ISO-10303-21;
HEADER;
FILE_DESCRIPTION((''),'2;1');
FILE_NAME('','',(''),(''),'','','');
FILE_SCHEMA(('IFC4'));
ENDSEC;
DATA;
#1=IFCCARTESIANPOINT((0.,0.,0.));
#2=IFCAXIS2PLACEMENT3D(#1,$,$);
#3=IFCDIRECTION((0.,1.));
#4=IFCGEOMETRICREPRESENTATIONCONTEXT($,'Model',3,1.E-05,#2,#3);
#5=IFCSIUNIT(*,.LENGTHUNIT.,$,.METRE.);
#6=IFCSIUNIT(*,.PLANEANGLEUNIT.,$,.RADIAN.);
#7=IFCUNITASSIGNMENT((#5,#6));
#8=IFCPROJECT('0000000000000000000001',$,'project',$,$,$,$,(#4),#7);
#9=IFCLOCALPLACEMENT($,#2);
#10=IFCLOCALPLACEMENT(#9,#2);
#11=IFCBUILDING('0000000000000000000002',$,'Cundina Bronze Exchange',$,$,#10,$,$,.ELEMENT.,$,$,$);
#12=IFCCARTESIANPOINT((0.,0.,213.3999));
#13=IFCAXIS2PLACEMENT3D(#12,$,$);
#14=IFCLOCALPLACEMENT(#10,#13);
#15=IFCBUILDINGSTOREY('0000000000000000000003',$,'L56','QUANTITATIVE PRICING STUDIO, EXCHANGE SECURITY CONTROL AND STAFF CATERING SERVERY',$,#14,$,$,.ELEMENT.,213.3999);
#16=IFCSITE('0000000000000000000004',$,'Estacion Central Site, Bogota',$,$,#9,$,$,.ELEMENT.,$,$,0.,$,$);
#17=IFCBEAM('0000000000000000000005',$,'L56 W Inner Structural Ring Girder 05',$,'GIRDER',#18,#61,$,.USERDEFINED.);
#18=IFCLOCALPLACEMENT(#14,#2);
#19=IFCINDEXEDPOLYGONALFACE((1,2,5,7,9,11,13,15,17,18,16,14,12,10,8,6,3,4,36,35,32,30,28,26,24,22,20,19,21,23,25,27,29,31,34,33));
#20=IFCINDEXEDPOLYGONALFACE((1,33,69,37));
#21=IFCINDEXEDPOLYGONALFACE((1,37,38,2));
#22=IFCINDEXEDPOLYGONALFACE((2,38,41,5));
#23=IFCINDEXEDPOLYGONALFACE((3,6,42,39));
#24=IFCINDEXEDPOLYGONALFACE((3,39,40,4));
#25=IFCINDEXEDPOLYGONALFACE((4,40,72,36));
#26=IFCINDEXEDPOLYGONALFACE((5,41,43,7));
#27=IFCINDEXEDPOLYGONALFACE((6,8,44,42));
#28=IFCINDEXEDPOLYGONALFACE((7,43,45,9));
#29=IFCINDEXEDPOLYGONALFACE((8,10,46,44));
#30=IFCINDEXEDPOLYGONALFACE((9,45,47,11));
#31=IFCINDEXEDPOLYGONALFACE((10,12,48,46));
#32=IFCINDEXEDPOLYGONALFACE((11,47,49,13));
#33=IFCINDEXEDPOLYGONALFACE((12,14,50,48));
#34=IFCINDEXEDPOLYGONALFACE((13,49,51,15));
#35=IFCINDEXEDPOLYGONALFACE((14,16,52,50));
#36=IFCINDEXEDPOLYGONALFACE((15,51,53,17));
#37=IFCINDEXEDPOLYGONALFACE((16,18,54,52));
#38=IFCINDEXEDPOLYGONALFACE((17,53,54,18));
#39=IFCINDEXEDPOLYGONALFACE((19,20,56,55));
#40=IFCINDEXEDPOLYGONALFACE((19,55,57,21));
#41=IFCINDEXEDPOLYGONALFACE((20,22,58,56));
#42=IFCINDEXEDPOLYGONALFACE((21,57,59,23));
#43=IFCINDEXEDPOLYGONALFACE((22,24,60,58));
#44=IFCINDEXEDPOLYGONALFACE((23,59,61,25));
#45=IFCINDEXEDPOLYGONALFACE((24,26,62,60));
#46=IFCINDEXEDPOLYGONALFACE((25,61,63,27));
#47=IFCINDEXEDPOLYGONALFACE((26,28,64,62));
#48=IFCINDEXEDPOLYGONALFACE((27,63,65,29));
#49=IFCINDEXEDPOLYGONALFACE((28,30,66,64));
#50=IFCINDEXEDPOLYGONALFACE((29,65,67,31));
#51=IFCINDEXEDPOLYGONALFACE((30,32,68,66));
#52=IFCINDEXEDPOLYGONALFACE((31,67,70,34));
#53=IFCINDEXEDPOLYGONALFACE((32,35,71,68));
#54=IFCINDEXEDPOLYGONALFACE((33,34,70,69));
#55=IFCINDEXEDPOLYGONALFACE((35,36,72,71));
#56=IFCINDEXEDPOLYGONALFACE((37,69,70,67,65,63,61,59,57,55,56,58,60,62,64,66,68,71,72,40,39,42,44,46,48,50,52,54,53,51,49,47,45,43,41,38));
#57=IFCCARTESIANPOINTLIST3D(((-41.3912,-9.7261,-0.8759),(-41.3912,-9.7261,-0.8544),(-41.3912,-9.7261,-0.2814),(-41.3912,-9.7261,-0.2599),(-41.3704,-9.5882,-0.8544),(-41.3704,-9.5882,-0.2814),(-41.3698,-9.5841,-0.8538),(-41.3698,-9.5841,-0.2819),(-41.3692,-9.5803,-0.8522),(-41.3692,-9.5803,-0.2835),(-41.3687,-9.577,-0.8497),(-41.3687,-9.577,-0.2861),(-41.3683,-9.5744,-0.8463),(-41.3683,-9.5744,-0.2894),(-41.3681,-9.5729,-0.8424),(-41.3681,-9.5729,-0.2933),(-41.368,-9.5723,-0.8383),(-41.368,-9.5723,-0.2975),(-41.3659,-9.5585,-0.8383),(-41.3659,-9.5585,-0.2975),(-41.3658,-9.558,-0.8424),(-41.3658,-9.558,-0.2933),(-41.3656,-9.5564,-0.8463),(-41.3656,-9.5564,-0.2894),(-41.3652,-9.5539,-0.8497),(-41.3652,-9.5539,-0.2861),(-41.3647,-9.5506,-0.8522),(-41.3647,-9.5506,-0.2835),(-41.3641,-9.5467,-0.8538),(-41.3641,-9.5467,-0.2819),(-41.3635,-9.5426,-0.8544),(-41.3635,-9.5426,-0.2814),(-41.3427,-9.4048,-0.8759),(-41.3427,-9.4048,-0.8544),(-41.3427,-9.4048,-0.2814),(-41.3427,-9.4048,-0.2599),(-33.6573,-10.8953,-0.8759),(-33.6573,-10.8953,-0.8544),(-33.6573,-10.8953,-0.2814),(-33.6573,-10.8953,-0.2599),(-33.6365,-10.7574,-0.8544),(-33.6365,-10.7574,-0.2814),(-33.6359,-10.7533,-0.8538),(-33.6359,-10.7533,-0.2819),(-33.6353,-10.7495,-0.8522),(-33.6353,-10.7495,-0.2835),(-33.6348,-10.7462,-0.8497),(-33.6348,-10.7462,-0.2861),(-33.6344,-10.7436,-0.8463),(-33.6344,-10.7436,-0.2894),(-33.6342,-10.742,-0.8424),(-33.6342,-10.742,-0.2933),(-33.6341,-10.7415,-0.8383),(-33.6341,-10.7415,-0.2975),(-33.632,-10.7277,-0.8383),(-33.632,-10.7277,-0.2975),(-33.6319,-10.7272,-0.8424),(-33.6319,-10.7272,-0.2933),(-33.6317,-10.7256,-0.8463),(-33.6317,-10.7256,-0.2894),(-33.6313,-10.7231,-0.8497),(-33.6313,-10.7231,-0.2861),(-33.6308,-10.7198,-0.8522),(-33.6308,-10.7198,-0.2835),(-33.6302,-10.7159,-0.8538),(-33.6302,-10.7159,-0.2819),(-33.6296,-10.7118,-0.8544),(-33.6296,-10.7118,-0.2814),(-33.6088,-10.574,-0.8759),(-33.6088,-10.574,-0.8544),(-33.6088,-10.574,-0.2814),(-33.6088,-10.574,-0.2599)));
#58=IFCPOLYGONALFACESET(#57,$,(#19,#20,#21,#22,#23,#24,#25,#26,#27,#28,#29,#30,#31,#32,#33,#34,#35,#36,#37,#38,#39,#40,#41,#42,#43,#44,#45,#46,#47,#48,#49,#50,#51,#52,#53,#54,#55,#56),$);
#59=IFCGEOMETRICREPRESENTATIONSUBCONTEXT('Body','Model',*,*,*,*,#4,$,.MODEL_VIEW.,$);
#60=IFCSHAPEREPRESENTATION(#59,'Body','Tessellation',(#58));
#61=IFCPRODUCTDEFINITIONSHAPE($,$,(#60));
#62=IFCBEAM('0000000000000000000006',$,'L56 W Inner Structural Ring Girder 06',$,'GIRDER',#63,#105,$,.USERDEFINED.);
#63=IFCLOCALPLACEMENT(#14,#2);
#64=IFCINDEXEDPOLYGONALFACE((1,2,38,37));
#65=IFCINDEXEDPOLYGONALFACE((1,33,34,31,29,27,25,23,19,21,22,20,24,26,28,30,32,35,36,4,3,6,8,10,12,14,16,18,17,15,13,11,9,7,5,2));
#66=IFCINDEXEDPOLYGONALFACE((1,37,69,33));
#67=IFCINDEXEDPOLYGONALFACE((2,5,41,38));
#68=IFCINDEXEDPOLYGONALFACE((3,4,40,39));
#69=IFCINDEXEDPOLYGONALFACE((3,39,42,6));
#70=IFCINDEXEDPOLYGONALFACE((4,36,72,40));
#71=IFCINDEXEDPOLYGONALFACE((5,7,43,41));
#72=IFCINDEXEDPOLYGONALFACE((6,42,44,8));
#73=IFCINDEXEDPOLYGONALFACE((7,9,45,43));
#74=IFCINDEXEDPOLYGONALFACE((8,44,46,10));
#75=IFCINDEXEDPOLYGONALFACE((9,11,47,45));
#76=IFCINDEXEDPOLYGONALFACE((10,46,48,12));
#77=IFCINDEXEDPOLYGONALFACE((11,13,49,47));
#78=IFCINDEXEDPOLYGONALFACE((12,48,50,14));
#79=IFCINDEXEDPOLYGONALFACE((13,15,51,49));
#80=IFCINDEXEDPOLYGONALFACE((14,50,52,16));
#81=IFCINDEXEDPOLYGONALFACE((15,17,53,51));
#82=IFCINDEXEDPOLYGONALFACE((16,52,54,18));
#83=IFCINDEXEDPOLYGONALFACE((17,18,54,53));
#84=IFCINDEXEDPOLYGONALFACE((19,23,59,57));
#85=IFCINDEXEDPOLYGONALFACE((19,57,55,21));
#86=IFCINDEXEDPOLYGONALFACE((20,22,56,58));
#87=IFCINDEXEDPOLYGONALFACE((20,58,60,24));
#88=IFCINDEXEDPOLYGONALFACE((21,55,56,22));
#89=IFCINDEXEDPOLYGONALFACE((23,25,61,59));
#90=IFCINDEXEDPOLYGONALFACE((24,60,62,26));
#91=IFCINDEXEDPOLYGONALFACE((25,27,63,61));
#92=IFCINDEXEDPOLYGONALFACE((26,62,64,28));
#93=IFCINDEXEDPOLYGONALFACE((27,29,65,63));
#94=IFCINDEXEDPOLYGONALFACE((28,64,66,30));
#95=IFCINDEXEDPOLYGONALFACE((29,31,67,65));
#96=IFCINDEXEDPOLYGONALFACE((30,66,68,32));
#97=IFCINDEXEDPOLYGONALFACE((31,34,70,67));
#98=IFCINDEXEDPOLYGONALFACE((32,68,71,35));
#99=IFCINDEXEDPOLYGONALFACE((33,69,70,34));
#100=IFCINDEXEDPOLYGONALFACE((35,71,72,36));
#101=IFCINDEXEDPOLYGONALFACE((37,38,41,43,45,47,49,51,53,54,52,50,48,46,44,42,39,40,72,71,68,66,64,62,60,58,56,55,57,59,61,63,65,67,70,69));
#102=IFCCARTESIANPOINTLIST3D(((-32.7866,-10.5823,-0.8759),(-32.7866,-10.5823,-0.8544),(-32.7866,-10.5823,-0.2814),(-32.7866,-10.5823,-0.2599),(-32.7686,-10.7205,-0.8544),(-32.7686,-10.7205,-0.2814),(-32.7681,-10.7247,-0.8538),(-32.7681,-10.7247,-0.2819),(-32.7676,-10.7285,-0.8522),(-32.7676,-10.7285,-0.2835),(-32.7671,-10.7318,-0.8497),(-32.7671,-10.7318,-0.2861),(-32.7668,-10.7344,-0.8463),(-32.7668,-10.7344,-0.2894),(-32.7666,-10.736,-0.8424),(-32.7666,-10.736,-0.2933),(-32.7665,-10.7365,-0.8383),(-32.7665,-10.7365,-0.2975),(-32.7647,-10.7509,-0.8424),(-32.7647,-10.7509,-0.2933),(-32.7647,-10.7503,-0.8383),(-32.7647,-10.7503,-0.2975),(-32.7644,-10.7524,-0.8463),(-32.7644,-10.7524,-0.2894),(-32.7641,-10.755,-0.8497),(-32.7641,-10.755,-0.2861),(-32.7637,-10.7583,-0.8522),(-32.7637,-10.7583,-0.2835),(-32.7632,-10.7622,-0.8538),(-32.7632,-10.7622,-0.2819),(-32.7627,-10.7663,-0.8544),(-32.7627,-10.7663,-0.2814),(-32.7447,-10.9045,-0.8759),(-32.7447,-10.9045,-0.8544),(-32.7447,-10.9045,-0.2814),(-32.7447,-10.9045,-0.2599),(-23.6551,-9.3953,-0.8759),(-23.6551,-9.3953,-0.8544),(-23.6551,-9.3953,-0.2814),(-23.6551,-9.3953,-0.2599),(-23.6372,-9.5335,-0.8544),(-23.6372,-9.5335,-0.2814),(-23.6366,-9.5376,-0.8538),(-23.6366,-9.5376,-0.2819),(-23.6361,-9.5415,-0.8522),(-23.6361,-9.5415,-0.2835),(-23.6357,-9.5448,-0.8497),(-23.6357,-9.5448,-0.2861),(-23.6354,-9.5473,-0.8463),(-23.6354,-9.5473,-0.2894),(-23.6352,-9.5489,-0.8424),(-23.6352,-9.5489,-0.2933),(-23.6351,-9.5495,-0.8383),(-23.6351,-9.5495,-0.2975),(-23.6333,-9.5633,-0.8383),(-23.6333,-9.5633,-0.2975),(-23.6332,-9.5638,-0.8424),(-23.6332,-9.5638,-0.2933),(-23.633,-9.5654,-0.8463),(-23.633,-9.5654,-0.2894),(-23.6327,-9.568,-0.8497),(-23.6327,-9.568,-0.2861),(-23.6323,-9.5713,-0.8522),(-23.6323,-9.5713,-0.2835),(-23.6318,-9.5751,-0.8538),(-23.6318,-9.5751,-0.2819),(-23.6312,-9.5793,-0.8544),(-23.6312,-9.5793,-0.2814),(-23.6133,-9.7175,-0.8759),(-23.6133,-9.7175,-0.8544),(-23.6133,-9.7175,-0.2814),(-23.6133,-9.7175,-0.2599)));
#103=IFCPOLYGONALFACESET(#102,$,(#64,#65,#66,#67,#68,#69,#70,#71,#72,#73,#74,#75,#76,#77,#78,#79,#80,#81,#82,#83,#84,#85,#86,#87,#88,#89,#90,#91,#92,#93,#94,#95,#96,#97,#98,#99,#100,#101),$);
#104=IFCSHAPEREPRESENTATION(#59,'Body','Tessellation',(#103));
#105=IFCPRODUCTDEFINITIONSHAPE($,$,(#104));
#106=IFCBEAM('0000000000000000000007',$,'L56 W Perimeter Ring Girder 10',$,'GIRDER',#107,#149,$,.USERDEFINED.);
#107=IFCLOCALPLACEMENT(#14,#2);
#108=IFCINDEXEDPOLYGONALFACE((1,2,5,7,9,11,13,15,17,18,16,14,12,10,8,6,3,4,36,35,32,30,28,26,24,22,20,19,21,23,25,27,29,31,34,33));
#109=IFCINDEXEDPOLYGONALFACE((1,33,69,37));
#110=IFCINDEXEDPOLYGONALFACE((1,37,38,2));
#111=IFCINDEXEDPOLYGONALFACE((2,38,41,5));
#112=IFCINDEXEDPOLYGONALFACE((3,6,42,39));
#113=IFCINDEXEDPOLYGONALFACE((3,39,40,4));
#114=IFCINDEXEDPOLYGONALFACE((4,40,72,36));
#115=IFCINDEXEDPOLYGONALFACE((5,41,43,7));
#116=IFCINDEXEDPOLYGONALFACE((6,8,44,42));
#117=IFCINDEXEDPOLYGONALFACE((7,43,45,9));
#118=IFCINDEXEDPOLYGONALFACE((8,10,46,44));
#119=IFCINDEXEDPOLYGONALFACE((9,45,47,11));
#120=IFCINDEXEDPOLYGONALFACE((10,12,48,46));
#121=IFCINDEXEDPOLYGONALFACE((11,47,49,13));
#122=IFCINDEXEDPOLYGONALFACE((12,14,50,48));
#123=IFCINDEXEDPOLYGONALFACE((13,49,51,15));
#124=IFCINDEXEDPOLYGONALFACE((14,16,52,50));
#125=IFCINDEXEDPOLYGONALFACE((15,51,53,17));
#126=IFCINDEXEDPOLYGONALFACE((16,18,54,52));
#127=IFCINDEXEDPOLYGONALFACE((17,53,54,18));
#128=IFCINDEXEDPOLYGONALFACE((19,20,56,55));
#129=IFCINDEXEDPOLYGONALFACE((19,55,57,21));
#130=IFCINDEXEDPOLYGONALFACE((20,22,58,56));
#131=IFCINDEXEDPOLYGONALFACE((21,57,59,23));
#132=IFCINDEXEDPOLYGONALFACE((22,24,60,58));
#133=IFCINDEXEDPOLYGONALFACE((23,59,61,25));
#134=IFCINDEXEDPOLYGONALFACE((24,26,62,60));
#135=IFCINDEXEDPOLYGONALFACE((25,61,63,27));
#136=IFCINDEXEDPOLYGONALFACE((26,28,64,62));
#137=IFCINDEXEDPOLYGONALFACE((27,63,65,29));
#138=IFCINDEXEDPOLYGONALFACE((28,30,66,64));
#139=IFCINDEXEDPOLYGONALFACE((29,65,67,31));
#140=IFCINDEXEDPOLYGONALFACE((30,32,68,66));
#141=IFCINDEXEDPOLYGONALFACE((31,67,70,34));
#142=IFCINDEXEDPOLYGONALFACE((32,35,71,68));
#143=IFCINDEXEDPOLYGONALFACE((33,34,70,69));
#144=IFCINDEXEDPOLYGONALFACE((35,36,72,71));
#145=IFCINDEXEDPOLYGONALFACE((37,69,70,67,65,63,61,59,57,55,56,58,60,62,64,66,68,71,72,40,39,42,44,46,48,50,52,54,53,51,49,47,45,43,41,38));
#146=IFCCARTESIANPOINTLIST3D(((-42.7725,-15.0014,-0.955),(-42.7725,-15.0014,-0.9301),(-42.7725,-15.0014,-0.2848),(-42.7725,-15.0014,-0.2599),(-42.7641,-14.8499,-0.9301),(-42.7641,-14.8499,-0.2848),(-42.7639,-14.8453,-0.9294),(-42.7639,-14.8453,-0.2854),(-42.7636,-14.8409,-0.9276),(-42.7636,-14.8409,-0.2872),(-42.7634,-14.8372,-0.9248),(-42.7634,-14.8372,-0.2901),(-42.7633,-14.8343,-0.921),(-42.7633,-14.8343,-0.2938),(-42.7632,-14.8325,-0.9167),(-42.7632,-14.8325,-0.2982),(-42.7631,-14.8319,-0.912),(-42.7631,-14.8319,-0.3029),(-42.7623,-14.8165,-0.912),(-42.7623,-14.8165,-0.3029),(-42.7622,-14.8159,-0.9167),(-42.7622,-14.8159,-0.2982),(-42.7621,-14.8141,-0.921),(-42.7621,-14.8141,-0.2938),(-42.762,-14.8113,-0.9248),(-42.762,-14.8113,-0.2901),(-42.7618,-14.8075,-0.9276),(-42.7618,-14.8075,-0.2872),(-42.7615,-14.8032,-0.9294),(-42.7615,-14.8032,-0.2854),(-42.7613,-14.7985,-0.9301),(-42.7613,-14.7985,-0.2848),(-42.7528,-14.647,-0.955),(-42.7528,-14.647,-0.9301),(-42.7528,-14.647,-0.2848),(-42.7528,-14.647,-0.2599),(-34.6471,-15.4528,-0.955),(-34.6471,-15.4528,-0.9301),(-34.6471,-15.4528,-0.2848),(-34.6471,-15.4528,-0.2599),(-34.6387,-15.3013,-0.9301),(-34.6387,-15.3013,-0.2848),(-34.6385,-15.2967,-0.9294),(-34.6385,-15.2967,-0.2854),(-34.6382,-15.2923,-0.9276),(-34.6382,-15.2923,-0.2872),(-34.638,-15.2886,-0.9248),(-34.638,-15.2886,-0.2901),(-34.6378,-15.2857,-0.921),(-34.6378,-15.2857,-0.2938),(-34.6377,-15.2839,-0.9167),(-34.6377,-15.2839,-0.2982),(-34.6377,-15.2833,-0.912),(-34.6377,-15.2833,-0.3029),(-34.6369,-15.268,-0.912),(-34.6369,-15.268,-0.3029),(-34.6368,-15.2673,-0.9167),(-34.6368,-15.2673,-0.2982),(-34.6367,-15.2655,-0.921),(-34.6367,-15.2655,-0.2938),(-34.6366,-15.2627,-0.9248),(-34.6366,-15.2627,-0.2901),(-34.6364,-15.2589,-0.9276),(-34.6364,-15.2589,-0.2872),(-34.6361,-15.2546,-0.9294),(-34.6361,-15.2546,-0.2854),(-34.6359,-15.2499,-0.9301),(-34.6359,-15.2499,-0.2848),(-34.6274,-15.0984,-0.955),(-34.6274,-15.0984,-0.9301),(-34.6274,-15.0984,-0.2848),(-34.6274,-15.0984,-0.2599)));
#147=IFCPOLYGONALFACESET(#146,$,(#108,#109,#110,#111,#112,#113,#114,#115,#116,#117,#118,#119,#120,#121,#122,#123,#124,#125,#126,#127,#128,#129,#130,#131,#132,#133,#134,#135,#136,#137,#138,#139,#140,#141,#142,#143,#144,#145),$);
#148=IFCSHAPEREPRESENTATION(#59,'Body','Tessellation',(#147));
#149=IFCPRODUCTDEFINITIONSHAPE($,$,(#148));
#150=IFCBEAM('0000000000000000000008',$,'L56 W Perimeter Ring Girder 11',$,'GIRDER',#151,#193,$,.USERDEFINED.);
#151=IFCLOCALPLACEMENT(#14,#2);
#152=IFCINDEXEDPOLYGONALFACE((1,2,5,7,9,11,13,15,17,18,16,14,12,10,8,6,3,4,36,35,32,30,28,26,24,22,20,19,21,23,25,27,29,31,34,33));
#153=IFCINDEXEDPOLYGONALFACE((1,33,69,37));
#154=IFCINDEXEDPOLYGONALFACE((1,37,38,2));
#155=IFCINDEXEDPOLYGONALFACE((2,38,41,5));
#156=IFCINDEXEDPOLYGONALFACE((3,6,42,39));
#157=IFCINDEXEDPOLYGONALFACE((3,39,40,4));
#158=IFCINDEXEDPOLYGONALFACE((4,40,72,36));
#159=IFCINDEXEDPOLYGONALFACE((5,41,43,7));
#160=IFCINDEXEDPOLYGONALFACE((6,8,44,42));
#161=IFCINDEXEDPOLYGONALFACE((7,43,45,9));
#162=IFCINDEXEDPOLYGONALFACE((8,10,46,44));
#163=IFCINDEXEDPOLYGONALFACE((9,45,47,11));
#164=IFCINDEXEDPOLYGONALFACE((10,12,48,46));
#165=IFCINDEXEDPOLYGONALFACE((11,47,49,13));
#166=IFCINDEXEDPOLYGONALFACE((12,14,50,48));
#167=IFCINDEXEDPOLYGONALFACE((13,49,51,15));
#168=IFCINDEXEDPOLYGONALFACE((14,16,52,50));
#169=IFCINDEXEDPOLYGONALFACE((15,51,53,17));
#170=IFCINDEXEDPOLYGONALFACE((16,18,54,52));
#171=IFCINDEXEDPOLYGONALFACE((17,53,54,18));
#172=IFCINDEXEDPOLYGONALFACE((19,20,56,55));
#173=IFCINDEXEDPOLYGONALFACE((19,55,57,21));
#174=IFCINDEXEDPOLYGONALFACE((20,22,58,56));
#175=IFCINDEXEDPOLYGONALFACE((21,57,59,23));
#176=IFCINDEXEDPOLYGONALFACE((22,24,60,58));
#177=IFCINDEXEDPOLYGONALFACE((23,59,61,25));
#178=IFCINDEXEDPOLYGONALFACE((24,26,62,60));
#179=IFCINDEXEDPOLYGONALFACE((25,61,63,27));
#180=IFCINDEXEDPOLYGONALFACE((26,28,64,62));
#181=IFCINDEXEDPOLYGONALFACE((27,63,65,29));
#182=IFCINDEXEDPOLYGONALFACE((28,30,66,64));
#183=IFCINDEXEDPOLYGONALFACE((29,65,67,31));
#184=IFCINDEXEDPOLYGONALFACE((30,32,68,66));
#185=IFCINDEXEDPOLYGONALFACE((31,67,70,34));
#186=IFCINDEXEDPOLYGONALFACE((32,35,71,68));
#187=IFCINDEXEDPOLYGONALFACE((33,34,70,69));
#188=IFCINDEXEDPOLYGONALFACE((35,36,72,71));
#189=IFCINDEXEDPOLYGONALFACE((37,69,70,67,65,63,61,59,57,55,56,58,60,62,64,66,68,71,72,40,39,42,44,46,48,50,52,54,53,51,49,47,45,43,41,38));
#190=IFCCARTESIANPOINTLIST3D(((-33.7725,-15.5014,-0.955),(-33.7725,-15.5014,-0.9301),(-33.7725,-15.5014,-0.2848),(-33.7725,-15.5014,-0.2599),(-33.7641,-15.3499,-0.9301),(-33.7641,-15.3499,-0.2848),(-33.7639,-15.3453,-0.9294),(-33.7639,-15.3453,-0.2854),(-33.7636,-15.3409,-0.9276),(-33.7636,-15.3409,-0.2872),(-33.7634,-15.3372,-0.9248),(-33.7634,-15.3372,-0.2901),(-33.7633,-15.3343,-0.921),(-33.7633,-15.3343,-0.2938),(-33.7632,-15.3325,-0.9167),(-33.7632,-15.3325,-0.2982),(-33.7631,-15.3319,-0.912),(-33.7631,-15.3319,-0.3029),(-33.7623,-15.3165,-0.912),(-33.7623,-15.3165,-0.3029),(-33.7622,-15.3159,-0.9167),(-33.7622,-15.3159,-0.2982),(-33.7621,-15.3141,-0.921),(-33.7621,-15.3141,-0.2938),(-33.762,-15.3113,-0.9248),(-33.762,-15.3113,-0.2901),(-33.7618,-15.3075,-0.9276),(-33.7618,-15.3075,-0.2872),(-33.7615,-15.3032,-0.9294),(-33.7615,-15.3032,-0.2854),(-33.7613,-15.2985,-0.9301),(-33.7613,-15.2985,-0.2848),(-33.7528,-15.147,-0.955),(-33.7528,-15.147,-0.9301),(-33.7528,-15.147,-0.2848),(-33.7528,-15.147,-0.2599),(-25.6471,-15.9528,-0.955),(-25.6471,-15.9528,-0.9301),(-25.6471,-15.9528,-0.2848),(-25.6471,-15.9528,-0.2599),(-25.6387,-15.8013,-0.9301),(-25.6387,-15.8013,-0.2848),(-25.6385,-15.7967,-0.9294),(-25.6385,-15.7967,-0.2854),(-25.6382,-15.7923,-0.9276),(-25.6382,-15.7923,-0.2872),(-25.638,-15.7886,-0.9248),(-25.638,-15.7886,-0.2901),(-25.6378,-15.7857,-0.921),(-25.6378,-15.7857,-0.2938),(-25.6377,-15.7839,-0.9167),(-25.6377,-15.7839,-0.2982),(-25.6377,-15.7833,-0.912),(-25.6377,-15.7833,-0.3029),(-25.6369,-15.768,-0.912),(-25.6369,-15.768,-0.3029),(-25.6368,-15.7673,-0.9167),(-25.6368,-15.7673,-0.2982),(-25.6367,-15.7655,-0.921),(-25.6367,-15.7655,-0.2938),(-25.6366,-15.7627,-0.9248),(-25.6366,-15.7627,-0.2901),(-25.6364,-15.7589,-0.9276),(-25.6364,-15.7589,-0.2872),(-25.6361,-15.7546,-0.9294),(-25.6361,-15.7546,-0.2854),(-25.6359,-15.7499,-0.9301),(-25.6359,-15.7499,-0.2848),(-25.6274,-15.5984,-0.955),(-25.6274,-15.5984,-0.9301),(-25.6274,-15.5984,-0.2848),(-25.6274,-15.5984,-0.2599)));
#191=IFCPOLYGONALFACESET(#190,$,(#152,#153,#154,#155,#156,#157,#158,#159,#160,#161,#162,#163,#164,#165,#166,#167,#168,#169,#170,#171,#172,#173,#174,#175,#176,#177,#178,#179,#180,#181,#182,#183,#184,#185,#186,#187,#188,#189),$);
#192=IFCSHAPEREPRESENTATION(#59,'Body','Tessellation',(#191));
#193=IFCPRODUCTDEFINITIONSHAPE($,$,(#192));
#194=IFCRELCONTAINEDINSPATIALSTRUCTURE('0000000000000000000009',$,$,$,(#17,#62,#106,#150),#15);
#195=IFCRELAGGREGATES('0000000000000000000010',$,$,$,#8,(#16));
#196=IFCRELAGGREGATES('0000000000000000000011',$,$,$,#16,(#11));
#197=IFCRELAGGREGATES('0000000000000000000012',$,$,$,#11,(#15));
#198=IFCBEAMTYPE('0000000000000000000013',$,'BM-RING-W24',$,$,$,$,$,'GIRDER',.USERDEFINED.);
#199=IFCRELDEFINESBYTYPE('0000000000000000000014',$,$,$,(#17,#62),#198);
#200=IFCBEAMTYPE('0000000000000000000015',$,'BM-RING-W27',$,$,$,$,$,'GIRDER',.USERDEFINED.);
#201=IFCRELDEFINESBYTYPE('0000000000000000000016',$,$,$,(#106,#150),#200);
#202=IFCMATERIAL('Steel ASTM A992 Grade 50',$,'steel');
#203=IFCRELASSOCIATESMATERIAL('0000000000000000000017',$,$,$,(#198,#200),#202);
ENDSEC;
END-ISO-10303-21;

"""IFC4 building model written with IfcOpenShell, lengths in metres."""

from ifc_helpers import new_model, si_unit, direction, frame, origin, origin_2d, place, context, subcontext, project, spatial, i_section, extrude, material, material_profile, profile_set, type_object, element, save


model = new_model("IFC4")

# Units and contexts
model_context = context("Model", 3, precision=1e-05, world=origin(), true_north=direction((0.0, 1.0)))
body_context = subcontext(model_context, "Body", "Model", "MODEL_VIEW")
ifc_project = project(units=[si_unit("LENGTHUNIT", "METRE"), si_unit("PLANEANGLEUNIT", "RADIAN")], contexts=[model_context])

# Site, building, storey
site_placement = place(None, origin())
site = spatial("IfcSite", under=ifc_project, at=site_placement, Name="Estacion Central Site, Bogota", CompositionType="ELEMENT", RefElevation=0.0)
building_placement = place(site_placement, origin())
building = spatial("IfcBuilding", under=site, at=building_placement, Name="Cundina Bronze Exchange", CompositionType="ELEMENT")
storey_placement = place(building_placement, frame((0.0, 0.0, 213.3999)))
storey = spatial("IfcBuildingStorey", under=building, at=storey_placement, Name="L56", Description="QUANTITATIVE PRICING STUDIO, EXCHANGE SECURITY CONTROL AND STAFF CATERING SERVERY", CompositionType="ELEMENT", Elevation=213.3999)

# Beams
ifc_material_1 = material(Name="Steel ASTM A992 Grade 50", Category="steel")
ifc_material_profile_1 = material_profile(ifc_material_1, i_section(OverallWidth=0.325, OverallDepth=0.616, WebThickness=0.0139, FlangeThickness=0.0215, FilletRadius=0.0161, at=origin_2d()), Name="W24X117", Category="steel")
ifc_profile_set_1 = profile_set([ifc_material_profile_1], Name="Steel ASTM A992 Grade 50")
beam_type_1 = type_object("IfcBeamType", Name="BM-RING-W24", ElementType="GIRDER", PredefinedType="USERDEFINED", material=ifc_profile_set_1)
beam_1_placement = place(storey_placement, frame((-41.3669, -9.5654, -0.5679), z_axis=(0.988765, -0.149479, 0.0), x_axis=(0.149479, 0.988765, 0.0)))
element("IfcBeam", 1, at=beam_1_placement, inside=storey, type_object=beam_type_1, Name="L56 W Inner Structural Ring Girder 05", ObjectType="GIRDER", PredefinedType="USERDEFINED", context=body_context, shape_type="SweptSolid", body=[
    extrude(i_section(OverallWidth=0.325, OverallDepth=0.616, WebThickness=0.0139, FlangeThickness=0.0215, FilletRadius=0.0161, at=origin_2d()), origin(), (0.0, 0.0, 1.0), 7.8218),
])
beam_2_placement = place(storey_placement, frame((-32.7656, -10.7434, -0.5679), z_axis=(0.991656, 0.128908, 0.0), x_axis=(-0.128908, 0.991656, 0.0)))
element("IfcBeam", 2, at=beam_2_placement, inside=storey, type_object=beam_type_1, Name="L56 W Inner Structural Ring Girder 06", ObjectType="GIRDER", PredefinedType="USERDEFINED", context=body_context, shape_type="SweptSolid", body=[
    extrude(i_section(OverallWidth=0.325, OverallDepth=0.616, WebThickness=0.0139, FlangeThickness=0.0215, FilletRadius=0.0161, at=origin_2d()), origin(), (0.0, 0.0, 1.0), 9.2083),
])
ifc_material_profile_2 = material_profile(ifc_material_1, i_section(OverallWidth=0.355, OverallDepth=0.6951, WebThickness=0.0154, FlangeThickness=0.0249, FilletRadius=0.0181, at=origin_2d()), Name="W27X146", Category="steel")
ifc_profile_set_2 = profile_set([ifc_material_profile_2], Name="Steel ASTM A992 Grade 50")
beam_type_2 = type_object("IfcBeamType", Name="BM-RING-W27", ElementType="GIRDER", PredefinedType="USERDEFINED", material=ifc_profile_set_2)
for number, where, z_axis, x_axis, name in (
    (3, (-42.7627, -14.8242, -0.6074), (0.99846, -0.05547, 0.0), (0.05547, 0.99846, 0.0), "L56 W Perimeter Ring Girder 10"),
    (4, (-33.7627, -15.3242, -0.6074), (0.99846, -0.05547, 0.0), (0.05547, 0.99846, 0.0), "L56 W Perimeter Ring Girder 11"),
):
    element("IfcBeam", number, at=place(storey_placement, frame(where, z_axis=z_axis, x_axis=x_axis)), inside=storey, type_object=beam_type_2, Name=name, ObjectType="GIRDER", PredefinedType="USERDEFINED", context=body_context, shape_type="SweptSolid", body=[
        extrude(i_section(OverallWidth=0.355, OverallDepth=0.6951, WebThickness=0.0154, FlangeThickness=0.0249, FilletRadius=0.0181, at=origin_2d()), origin(), (0.0, 0.0, 1.0), 8.1379),
    ])

save(model, "model.ifc")
